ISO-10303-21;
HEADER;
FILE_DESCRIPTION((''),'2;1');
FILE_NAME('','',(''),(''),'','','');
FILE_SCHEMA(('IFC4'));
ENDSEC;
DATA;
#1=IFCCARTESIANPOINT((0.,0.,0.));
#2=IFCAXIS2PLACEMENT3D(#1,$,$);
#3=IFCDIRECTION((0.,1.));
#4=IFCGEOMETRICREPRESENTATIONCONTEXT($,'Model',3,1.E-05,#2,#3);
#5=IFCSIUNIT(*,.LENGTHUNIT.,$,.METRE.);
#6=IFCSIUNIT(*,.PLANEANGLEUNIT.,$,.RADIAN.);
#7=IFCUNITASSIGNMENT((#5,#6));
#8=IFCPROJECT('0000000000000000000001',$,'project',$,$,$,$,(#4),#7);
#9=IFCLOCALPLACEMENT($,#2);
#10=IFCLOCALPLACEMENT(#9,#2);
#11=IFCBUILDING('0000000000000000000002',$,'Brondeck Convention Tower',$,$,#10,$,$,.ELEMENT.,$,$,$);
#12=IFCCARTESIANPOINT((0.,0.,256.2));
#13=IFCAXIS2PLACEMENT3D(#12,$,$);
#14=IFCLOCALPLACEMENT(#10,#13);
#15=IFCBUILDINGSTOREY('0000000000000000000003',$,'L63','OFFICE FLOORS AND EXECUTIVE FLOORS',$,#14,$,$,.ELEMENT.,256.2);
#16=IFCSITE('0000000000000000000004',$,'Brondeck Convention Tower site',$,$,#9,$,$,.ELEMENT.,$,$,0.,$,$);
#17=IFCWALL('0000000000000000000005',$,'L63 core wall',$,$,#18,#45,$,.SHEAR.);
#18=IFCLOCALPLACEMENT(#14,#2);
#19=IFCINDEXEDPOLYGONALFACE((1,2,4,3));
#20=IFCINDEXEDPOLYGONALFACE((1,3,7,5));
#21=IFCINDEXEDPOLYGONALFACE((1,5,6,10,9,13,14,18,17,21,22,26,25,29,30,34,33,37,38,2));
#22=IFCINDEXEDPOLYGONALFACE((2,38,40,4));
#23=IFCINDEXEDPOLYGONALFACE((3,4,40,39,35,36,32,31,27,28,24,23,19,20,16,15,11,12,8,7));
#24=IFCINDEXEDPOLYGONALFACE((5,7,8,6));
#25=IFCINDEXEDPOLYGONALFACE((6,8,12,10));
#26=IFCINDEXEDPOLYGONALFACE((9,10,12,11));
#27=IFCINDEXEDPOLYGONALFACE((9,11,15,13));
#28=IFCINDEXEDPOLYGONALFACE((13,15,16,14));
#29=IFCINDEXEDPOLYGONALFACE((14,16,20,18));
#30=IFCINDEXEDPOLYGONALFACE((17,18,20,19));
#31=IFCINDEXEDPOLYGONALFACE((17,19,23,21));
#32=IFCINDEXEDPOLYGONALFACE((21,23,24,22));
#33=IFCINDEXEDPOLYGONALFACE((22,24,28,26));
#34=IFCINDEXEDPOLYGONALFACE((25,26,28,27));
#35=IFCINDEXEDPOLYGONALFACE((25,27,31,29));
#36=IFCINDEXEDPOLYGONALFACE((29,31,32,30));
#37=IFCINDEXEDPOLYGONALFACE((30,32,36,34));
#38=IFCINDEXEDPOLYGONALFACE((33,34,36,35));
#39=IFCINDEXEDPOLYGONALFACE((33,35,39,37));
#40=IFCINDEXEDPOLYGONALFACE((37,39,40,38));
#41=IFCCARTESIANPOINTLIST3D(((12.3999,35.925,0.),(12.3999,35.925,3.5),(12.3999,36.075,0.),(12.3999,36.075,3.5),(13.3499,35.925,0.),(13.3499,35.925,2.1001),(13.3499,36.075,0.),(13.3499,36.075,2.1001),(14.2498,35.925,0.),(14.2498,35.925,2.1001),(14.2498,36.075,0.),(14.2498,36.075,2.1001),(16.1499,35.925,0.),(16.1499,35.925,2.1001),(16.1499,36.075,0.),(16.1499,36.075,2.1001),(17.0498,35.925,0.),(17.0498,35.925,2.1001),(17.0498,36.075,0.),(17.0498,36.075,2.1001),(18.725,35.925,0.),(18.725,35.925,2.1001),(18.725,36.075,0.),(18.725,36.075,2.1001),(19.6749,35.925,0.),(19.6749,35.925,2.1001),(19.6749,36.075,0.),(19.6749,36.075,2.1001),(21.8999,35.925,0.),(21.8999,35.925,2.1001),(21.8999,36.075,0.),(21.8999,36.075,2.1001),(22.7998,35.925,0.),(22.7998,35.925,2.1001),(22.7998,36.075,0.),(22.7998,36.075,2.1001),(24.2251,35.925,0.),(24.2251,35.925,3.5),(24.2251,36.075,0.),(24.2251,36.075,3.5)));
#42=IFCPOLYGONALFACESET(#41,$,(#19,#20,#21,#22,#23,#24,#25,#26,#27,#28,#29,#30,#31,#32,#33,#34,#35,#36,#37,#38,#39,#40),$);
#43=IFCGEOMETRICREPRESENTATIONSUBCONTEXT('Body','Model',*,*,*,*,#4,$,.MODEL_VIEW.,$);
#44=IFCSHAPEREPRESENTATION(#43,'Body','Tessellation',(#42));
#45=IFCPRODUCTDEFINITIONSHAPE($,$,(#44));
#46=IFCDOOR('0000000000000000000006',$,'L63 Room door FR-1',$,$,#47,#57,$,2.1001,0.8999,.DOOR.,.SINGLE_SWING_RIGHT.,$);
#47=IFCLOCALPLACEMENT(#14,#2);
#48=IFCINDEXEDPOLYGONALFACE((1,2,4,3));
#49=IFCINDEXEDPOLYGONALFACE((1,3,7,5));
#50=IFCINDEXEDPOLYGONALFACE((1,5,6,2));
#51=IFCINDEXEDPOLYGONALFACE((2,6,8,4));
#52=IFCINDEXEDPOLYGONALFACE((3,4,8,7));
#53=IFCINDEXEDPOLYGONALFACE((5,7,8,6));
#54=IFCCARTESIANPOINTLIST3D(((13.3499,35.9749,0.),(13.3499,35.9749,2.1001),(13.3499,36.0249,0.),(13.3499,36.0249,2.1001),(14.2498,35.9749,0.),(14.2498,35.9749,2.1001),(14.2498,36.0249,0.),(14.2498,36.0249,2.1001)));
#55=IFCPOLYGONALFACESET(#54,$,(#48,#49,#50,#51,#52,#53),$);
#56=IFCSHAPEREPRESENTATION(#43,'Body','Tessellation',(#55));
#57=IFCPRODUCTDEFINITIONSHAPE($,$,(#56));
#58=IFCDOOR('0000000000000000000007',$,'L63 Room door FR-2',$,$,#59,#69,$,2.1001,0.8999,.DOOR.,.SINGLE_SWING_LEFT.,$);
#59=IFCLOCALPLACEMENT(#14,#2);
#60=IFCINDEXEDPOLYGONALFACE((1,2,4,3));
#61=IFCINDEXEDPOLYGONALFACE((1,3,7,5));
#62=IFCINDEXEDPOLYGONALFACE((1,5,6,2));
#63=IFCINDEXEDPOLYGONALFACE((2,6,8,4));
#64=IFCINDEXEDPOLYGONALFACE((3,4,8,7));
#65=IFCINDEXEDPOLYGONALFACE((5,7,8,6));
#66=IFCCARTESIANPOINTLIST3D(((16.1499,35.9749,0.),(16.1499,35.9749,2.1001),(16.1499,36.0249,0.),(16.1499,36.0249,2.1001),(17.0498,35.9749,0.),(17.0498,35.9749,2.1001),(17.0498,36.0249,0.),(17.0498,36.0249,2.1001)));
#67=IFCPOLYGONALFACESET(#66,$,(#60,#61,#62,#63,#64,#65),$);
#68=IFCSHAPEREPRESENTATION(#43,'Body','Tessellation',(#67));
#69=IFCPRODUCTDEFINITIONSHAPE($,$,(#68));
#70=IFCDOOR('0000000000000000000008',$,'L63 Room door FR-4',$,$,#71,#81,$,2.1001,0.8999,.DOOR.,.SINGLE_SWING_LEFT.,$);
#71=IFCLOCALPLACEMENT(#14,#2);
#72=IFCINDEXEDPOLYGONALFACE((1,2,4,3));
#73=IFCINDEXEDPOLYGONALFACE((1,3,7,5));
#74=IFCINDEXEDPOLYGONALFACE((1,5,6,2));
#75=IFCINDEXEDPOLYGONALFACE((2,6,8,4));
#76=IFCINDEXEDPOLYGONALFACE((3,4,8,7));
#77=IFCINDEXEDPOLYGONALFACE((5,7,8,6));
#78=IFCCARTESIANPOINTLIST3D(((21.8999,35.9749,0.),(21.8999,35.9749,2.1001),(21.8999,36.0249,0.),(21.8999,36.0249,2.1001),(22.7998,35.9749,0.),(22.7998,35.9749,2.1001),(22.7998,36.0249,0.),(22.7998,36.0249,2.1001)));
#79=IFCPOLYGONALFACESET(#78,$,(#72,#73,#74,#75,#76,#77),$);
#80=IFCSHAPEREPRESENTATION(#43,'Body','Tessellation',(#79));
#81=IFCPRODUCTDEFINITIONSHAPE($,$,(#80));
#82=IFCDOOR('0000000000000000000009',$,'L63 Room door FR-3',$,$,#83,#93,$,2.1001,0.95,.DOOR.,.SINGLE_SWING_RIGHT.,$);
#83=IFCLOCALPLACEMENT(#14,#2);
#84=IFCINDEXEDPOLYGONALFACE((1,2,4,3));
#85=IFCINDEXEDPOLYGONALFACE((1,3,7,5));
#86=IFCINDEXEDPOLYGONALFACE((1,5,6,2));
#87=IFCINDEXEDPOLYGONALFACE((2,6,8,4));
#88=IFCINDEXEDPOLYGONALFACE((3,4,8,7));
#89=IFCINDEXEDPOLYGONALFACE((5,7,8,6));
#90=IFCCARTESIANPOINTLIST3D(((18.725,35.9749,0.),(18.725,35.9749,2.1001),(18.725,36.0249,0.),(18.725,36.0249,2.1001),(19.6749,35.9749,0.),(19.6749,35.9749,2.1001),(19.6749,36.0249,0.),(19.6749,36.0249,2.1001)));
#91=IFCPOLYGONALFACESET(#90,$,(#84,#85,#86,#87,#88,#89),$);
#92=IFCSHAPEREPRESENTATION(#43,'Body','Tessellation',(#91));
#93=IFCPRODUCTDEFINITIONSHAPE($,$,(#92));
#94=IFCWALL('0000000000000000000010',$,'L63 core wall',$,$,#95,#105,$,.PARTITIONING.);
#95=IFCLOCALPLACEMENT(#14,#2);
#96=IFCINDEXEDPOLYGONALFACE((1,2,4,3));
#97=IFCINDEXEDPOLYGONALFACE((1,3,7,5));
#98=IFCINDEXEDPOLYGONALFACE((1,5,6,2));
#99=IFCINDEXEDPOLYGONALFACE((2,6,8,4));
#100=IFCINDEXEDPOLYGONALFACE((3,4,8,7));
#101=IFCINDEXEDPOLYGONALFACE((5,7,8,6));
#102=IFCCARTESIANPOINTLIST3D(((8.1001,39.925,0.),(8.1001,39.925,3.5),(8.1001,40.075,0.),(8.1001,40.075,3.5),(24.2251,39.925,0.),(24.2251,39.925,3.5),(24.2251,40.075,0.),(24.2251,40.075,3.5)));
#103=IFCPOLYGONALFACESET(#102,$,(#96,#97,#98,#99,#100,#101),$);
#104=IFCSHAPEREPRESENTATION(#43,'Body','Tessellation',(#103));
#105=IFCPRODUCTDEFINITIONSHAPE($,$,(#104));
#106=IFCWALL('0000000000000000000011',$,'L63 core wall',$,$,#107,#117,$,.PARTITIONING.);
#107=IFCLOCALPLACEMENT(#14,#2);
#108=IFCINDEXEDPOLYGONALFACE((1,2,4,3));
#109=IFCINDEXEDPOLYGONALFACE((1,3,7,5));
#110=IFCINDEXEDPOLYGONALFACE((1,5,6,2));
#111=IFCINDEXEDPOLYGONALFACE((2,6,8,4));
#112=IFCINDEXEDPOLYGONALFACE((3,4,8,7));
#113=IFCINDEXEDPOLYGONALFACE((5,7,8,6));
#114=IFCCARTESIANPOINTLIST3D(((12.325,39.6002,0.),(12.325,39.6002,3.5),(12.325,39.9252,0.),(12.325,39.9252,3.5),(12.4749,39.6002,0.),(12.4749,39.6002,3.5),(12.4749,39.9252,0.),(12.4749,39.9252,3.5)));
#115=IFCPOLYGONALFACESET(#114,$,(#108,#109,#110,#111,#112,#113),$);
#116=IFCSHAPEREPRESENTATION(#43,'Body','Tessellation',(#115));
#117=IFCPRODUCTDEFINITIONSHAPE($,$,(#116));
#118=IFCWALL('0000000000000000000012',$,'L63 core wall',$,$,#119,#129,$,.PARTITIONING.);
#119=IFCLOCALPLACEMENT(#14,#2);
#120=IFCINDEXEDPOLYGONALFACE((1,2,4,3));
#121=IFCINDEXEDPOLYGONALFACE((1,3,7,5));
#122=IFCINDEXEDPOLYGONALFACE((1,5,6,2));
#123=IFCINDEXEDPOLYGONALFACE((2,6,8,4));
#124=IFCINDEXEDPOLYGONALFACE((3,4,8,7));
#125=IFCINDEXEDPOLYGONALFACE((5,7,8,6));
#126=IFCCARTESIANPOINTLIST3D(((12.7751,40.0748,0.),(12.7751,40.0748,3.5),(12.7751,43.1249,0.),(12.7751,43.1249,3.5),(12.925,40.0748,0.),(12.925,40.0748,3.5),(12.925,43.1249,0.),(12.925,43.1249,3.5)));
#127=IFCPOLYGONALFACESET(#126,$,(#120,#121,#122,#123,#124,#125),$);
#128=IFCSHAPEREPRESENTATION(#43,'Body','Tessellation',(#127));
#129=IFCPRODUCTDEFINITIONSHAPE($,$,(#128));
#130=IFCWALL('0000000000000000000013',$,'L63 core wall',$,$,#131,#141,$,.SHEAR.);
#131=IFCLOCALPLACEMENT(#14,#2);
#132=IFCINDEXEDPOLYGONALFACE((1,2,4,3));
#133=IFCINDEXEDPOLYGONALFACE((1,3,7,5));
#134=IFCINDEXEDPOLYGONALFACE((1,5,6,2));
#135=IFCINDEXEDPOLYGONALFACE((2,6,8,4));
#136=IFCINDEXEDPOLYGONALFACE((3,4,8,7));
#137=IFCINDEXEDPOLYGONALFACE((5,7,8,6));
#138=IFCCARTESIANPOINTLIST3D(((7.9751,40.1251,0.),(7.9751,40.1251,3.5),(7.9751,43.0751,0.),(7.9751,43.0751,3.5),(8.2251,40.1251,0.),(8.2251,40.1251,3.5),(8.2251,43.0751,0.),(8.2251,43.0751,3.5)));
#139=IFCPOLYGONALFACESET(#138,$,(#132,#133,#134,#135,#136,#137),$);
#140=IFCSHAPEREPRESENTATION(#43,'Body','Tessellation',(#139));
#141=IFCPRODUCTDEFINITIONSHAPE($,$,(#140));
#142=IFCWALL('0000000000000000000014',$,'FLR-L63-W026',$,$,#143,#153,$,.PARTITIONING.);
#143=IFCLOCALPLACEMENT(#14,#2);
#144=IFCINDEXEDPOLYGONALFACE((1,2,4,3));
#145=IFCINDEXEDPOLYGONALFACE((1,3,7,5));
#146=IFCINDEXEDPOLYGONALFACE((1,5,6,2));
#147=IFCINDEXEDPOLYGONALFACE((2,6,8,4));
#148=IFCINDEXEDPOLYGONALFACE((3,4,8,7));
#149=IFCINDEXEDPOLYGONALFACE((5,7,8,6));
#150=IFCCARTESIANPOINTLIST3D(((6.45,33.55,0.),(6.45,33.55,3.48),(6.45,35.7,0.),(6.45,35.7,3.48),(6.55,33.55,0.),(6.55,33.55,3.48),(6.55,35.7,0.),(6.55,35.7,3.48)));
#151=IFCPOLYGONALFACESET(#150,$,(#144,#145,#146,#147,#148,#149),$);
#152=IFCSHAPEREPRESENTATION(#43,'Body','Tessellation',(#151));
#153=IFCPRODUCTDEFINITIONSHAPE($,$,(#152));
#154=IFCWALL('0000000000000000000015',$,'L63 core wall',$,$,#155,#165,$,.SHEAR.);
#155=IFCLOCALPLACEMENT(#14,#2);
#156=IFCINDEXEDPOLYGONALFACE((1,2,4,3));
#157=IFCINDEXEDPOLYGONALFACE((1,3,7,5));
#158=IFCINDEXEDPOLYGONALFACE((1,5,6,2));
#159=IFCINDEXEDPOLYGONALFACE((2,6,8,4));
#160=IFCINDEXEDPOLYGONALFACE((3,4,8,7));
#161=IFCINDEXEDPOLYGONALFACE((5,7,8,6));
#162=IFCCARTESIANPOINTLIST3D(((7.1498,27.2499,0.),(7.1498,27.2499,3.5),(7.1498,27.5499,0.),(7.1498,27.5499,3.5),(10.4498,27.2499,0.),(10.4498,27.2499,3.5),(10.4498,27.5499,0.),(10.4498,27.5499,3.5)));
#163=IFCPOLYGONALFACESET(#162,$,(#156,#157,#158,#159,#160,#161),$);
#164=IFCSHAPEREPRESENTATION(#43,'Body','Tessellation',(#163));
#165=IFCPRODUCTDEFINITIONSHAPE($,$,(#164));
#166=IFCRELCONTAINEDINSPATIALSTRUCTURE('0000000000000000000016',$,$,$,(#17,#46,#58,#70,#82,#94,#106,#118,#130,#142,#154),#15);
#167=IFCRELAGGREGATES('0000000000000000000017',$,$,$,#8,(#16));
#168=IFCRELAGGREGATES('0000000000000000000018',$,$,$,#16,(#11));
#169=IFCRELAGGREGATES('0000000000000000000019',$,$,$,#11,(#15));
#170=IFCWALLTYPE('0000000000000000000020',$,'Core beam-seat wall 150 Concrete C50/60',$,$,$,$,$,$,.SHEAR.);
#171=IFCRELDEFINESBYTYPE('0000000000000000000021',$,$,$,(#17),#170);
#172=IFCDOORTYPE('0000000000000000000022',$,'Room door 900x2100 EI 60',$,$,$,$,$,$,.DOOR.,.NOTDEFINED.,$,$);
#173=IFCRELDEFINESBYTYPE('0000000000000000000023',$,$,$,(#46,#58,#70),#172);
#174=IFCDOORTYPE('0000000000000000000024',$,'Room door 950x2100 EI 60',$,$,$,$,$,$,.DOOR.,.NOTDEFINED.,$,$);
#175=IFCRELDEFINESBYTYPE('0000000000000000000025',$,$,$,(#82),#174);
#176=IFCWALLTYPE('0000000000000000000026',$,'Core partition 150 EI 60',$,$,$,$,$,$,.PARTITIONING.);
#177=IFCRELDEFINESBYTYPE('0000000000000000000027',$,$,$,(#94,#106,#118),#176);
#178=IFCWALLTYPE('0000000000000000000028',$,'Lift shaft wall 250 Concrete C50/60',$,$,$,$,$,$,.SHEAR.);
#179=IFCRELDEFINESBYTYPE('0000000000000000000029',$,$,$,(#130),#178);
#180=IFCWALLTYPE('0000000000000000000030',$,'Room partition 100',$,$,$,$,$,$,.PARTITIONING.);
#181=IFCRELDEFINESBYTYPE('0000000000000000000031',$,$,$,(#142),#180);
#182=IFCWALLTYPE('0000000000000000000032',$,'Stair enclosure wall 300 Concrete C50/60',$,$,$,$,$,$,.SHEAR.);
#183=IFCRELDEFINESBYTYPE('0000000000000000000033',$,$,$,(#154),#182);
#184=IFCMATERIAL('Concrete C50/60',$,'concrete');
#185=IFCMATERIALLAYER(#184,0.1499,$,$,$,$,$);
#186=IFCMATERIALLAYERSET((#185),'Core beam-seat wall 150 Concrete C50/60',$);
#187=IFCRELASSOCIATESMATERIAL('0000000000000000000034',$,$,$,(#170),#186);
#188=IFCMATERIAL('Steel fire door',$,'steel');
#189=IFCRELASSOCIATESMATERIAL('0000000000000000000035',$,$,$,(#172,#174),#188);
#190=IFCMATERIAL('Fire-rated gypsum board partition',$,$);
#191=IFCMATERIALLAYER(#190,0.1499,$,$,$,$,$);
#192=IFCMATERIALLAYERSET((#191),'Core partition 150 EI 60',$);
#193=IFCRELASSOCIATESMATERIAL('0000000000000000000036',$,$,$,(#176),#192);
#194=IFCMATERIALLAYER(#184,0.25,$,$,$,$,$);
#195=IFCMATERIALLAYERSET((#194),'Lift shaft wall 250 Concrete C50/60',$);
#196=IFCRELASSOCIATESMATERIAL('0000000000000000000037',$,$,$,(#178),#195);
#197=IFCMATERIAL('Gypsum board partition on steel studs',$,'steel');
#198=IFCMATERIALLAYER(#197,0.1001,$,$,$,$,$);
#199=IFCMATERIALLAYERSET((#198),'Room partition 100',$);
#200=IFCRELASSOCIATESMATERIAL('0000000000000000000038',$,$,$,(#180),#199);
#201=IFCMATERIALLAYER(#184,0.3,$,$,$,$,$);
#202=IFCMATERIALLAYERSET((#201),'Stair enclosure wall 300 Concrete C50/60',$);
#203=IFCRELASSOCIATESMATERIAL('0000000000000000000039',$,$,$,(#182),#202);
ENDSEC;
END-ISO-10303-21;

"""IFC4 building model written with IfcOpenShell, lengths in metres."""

from ifc_helpers import new_model, si_unit, direction, frame, frame_2d, origin, place, context, subcontext, project, spatial, rectangle, extrude, material, layer, layer_set, type_object, element, fill, save


model = new_model("IFC4")

# Units and contexts
model_context = context("Model", 3, precision=1e-05, world=origin(), true_north=direction((0.0, 1.0)))
body_context = subcontext(model_context, "Body", "Model", "MODEL_VIEW")
ifc_project = project(units=[si_unit("LENGTHUNIT", "METRE"), si_unit("PLANEANGLEUNIT", "RADIAN")], contexts=[model_context])

# Site, building, storey
site_placement = place(None, origin())
site = spatial("IfcSite", under=ifc_project, at=site_placement, Name="Brondeck Convention Tower site", CompositionType="ELEMENT", RefElevation=0.0)
building_placement = place(site_placement, origin())
building = spatial("IfcBuilding", under=site, at=building_placement, Name="Brondeck Convention Tower", CompositionType="ELEMENT")
storey_placement = place(building_placement, frame((0.0, 0.0, 256.2)))
storey = spatial("IfcBuildingStorey", under=building, at=storey_placement, Name="L63", Description="OFFICE FLOORS AND EXECUTIVE FLOORS", CompositionType="ELEMENT", Elevation=256.2)

# Shared definitions
ifc_material_1 = material(Name="Concrete C50/60", Category="concrete")

# Wall, openings, doors
ifc_layer_1 = layer(ifc_material_1, 0.1499)
ifc_layer_set_1 = layer_set([ifc_layer_1], Name="Core beam-seat wall 150 Concrete C50/60")
wall_type_1 = type_object("IfcWallType", Name="Core beam-seat wall 150 Concrete C50/60", PredefinedType="SHEAR", material=ifc_layer_set_1)
wall_1_placement = place(storey_placement, frame((12.3999, 36.0, 0.0), z_axis=(0.0, 0.0, 1.0), x_axis=(1.0, 0.0, 0.0)))
wall_1 = element("IfcWall", 1, at=wall_1_placement, inside=storey, type_object=wall_type_1, Name="L63 core wall", PredefinedType="SHEAR", context=body_context, shape_type="SweptSolid", body=[
    extrude(rectangle(XDim=11.8252, YDim=0.1499, at=frame_2d((5.9126, 0.0))), origin(), (0.0, 0.0, 1.0), 3.5),
])
opening_1_placement = place(wall_1_placement, frame((0.95, 0.0, 0.0)))
opening_1 = element("IfcOpeningElement", 2, at=opening_1_placement, cuts=wall_1, PredefinedType="OPENING", context=body_context, shape_type="SweptSolid", body=[
    extrude(rectangle(XDim=0.8999, YDim=2.1001, at=frame_2d((0.45, 1.05))), frame((0.0, 0.085, 0.0), z_axis=(0.0, -1.0, 0.0), x_axis=(1.0, 0.0, 0.0)), (0.0, 0.0, 1.0), 0.1699),
])
opening_2_placement = place(wall_1_placement, frame((3.75, 0.0, 0.0)))
opening_2 = element("IfcOpeningElement", 3, at=opening_2_placement, cuts=wall_1, PredefinedType="OPENING", context=body_context, shape_type="SweptSolid", body=[
    extrude(rectangle(XDim=0.8999, YDim=2.1001, at=frame_2d((0.45, 1.05))), frame((0.0, 0.085, 0.0), z_axis=(0.0, -1.0, 0.0), x_axis=(1.0, 0.0, 0.0)), (0.0, 0.0, 1.0), 0.1699),
])
opening_3_placement = place(wall_1_placement, frame((6.325, 0.0, 0.0)))
opening_3 = element("IfcOpeningElement", 4, at=opening_3_placement, cuts=wall_1, PredefinedType="OPENING", context=body_context, shape_type="SweptSolid", body=[
    extrude(rectangle(XDim=0.95, YDim=2.1001, at=frame_2d((0.4751, 1.05))), frame((0.0, 0.085, 0.0), z_axis=(0.0, -1.0, 0.0), x_axis=(1.0, 0.0, 0.0)), (0.0, 0.0, 1.0), 0.1699),
])
opening_4_placement = place(wall_1_placement, frame((9.5, 0.0, 0.0)))
opening_4 = element("IfcOpeningElement", 5, at=opening_4_placement, cuts=wall_1, PredefinedType="OPENING", context=body_context, shape_type="SweptSolid", body=[
    extrude(rectangle(XDim=0.8999, YDim=2.1001, at=frame_2d((0.45, 1.05))), frame((0.0, 0.085, 0.0), z_axis=(0.0, -1.0, 0.0), x_axis=(1.0, 0.0, 0.0)), (0.0, 0.0, 1.0), 0.1699),
])
ifc_material_2 = material(Name="Steel fire door", Category="steel")
door_type_1 = type_object("IfcDoorType", Name="Room door 900x2100 EI 60", OperationType="NOTDEFINED", PredefinedType="DOOR", material=ifc_material_2)
door_1_placement = place(opening_1_placement, origin())
door_1 = element("IfcDoor", 6, at=door_1_placement, inside=storey, type_object=door_type_1, Name="L63 Room door FR-1", OperationType="SINGLE_SWING_RIGHT", OverallHeight=2.1001, OverallWidth=0.8999, PredefinedType="DOOR", context=body_context, shape_type="SweptSolid", body=[
    extrude(rectangle(XDim=0.8999, YDim=2.1001, at=frame_2d((0.45, 1.05))), frame((0.0, 0.0249, 0.0), z_axis=(0.0, -1.0, 0.0), x_axis=(1.0, 0.0, 0.0)), (0.0, 0.0, 1.0), 0.05),
])
fill(opening_1, door_1)
door_2_placement = place(opening_2_placement, origin())
door_2 = element("IfcDoor", 7, at=door_2_placement, inside=storey, type_object=door_type_1, Name="L63 Room door FR-2", OperationType="SINGLE_SWING_LEFT", OverallHeight=2.1001, OverallWidth=0.8999, PredefinedType="DOOR", context=body_context, shape_type="SweptSolid", body=[
    extrude(rectangle(XDim=0.8999, YDim=2.1001, at=frame_2d((0.45, 1.05))), frame((0.0, 0.0249, 0.0), z_axis=(0.0, -1.0, 0.0), x_axis=(1.0, 0.0, 0.0)), (0.0, 0.0, 1.0), 0.05),
])
fill(opening_2, door_2)
door_3_placement = place(opening_4_placement, origin())
door_3 = element("IfcDoor", 8, at=door_3_placement, inside=storey, type_object=door_type_1, Name="L63 Room door FR-4", OperationType="SINGLE_SWING_LEFT", OverallHeight=2.1001, OverallWidth=0.8999, PredefinedType="DOOR", context=body_context, shape_type="SweptSolid", body=[
    extrude(rectangle(XDim=0.8999, YDim=2.1001, at=frame_2d((0.45, 1.05))), frame((0.0, 0.0249, 0.0), z_axis=(0.0, -1.0, 0.0), x_axis=(1.0, 0.0, 0.0)), (0.0, 0.0, 1.0), 0.05),
])
fill(opening_4, door_3)
door_type_2 = type_object("IfcDoorType", Name="Room door 950x2100 EI 60", OperationType="NOTDEFINED", PredefinedType="DOOR", material=ifc_material_2)
door_4_placement = place(opening_3_placement, origin())
door_4 = element("IfcDoor", 9, at=door_4_placement, inside=storey, type_object=door_type_2, Name="L63 Room door FR-3", OperationType="SINGLE_SWING_RIGHT", OverallHeight=2.1001, OverallWidth=0.95, PredefinedType="DOOR", context=body_context, shape_type="SweptSolid", body=[
    extrude(rectangle(XDim=0.95, YDim=2.1001, at=frame_2d((0.4751, 1.05))), frame((0.0, 0.0249, 0.0), z_axis=(0.0, -1.0, 0.0), x_axis=(1.0, 0.0, 0.0)), (0.0, 0.0, 1.0), 0.05),
])
fill(opening_3, door_4)

# Walls
ifc_material_3 = material(Name="Fire-rated gypsum board partition")
ifc_layer_2 = layer(ifc_material_3, 0.1499)
ifc_layer_set_2 = layer_set([ifc_layer_2], Name="Core partition 150 EI 60")
wall_type_2 = type_object("IfcWallType", Name="Core partition 150 EI 60", PredefinedType="PARTITIONING", material=ifc_layer_set_2)
wall_2_placement = place(storey_placement, frame((8.1001, 40.0, 0.0), z_axis=(0.0, 0.0, 1.0), x_axis=(1.0, 0.0, 0.0)))
element("IfcWall", 10, at=wall_2_placement, inside=storey, type_object=wall_type_2, Name="L63 core wall", PredefinedType="PARTITIONING", context=body_context, shape_type="SweptSolid", body=[
    extrude(rectangle(XDim=16.125, YDim=0.1499, at=frame_2d((8.0625, 0.0))), origin(), (0.0, 0.0, 1.0), 3.5),
])
wall_3_placement = place(storey_placement, frame((12.3999, 39.6001, 0.0), z_axis=(0.0, 0.0, 1.0), x_axis=(0.0, 1.0, 0.0)))
element("IfcWall", 11, at=wall_3_placement, inside=storey, type_object=wall_type_2, Name="L63 core wall", PredefinedType="PARTITIONING", context=body_context, shape_type="SweptSolid", body=[
    extrude(rectangle(XDim=0.325, YDim=0.1499, at=frame_2d((0.1626, 0.0))), origin(), (0.0, 0.0, 1.0), 3.5),
])
wall_4_placement = place(storey_placement, frame((12.8501, 40.075, 0.0), z_axis=(0.0, 0.0, 1.0), x_axis=(0.0, 1.0, 0.0)))
element("IfcWall", 12, at=wall_4_placement, inside=storey, type_object=wall_type_2, Name="L63 core wall", PredefinedType="PARTITIONING", context=body_context, shape_type="SweptSolid", body=[
    extrude(rectangle(XDim=3.05, YDim=0.1499, at=frame_2d((1.5249, 0.0))), origin(), (0.0, 0.0, 1.0), 3.5),
])
ifc_layer_3 = layer(ifc_material_1, 0.25)
ifc_layer_set_3 = layer_set([ifc_layer_3], Name="Lift shaft wall 250 Concrete C50/60")
wall_type_3 = type_object("IfcWallType", Name="Lift shaft wall 250 Concrete C50/60", PredefinedType="SHEAR", material=ifc_layer_set_3)
wall_5_placement = place(storey_placement, frame((8.1001, 40.125, 0.0), z_axis=(0.0, 0.0, 1.0), x_axis=(0.0, 1.0, 0.0)))
element("IfcWall", 13, at=wall_5_placement, inside=storey, type_object=wall_type_3, Name="L63 core wall", PredefinedType="SHEAR", context=body_context, shape_type="SweptSolid", body=[
    extrude(rectangle(XDim=2.95, YDim=0.25, at=frame_2d((1.4751, 0.0))), origin(), (0.0, 0.0, 1.0), 3.5),
])
ifc_material_4 = material(Name="Gypsum board partition on steel studs", Category="steel")
ifc_layer_4 = layer(ifc_material_4, 0.1001)
ifc_layer_set_4 = layer_set([ifc_layer_4], Name="Room partition 100")
wall_type_4 = type_object("IfcWallType", Name="Room partition 100", PredefinedType="PARTITIONING", material=ifc_layer_set_4)
wall_6_placement = place(storey_placement, frame((6.5, 33.55, 0.0), z_axis=(0.0, 0.0, 1.0), x_axis=(0.0, 1.0, 0.0)))
element("IfcWall", 14, at=wall_6_placement, inside=storey, type_object=wall_type_4, Name="FLR-L63-W026", PredefinedType="PARTITIONING", context=body_context, shape_type="SweptSolid", body=[
    extrude(rectangle(XDim=2.1499, YDim=0.1001, at=frame_2d((1.075, 0.0))), origin(), (0.0, 0.0, 1.0), 3.48),
])
ifc_layer_5 = layer(ifc_material_1, 0.3)
ifc_layer_set_5 = layer_set([ifc_layer_5], Name="Stair enclosure wall 300 Concrete C50/60")
wall_type_5 = type_object("IfcWallType", Name="Stair enclosure wall 300 Concrete C50/60", PredefinedType="SHEAR", material=ifc_layer_set_5)
wall_7_placement = place(storey_placement, frame((7.1499, 27.3999, 0.0), z_axis=(0.0, 0.0, 1.0), x_axis=(1.0, 0.0, 0.0)))
element("IfcWall", 15, at=wall_7_placement, inside=storey, type_object=wall_type_5, Name="L63 core wall", PredefinedType="SHEAR", context=body_context, shape_type="SweptSolid", body=[
    extrude(rectangle(XDim=3.3, YDim=0.3, at=frame_2d((1.6499, 0.0))), origin(), (0.0, 0.0, 1.0), 3.5),
])

save(model, "model.ifc")
